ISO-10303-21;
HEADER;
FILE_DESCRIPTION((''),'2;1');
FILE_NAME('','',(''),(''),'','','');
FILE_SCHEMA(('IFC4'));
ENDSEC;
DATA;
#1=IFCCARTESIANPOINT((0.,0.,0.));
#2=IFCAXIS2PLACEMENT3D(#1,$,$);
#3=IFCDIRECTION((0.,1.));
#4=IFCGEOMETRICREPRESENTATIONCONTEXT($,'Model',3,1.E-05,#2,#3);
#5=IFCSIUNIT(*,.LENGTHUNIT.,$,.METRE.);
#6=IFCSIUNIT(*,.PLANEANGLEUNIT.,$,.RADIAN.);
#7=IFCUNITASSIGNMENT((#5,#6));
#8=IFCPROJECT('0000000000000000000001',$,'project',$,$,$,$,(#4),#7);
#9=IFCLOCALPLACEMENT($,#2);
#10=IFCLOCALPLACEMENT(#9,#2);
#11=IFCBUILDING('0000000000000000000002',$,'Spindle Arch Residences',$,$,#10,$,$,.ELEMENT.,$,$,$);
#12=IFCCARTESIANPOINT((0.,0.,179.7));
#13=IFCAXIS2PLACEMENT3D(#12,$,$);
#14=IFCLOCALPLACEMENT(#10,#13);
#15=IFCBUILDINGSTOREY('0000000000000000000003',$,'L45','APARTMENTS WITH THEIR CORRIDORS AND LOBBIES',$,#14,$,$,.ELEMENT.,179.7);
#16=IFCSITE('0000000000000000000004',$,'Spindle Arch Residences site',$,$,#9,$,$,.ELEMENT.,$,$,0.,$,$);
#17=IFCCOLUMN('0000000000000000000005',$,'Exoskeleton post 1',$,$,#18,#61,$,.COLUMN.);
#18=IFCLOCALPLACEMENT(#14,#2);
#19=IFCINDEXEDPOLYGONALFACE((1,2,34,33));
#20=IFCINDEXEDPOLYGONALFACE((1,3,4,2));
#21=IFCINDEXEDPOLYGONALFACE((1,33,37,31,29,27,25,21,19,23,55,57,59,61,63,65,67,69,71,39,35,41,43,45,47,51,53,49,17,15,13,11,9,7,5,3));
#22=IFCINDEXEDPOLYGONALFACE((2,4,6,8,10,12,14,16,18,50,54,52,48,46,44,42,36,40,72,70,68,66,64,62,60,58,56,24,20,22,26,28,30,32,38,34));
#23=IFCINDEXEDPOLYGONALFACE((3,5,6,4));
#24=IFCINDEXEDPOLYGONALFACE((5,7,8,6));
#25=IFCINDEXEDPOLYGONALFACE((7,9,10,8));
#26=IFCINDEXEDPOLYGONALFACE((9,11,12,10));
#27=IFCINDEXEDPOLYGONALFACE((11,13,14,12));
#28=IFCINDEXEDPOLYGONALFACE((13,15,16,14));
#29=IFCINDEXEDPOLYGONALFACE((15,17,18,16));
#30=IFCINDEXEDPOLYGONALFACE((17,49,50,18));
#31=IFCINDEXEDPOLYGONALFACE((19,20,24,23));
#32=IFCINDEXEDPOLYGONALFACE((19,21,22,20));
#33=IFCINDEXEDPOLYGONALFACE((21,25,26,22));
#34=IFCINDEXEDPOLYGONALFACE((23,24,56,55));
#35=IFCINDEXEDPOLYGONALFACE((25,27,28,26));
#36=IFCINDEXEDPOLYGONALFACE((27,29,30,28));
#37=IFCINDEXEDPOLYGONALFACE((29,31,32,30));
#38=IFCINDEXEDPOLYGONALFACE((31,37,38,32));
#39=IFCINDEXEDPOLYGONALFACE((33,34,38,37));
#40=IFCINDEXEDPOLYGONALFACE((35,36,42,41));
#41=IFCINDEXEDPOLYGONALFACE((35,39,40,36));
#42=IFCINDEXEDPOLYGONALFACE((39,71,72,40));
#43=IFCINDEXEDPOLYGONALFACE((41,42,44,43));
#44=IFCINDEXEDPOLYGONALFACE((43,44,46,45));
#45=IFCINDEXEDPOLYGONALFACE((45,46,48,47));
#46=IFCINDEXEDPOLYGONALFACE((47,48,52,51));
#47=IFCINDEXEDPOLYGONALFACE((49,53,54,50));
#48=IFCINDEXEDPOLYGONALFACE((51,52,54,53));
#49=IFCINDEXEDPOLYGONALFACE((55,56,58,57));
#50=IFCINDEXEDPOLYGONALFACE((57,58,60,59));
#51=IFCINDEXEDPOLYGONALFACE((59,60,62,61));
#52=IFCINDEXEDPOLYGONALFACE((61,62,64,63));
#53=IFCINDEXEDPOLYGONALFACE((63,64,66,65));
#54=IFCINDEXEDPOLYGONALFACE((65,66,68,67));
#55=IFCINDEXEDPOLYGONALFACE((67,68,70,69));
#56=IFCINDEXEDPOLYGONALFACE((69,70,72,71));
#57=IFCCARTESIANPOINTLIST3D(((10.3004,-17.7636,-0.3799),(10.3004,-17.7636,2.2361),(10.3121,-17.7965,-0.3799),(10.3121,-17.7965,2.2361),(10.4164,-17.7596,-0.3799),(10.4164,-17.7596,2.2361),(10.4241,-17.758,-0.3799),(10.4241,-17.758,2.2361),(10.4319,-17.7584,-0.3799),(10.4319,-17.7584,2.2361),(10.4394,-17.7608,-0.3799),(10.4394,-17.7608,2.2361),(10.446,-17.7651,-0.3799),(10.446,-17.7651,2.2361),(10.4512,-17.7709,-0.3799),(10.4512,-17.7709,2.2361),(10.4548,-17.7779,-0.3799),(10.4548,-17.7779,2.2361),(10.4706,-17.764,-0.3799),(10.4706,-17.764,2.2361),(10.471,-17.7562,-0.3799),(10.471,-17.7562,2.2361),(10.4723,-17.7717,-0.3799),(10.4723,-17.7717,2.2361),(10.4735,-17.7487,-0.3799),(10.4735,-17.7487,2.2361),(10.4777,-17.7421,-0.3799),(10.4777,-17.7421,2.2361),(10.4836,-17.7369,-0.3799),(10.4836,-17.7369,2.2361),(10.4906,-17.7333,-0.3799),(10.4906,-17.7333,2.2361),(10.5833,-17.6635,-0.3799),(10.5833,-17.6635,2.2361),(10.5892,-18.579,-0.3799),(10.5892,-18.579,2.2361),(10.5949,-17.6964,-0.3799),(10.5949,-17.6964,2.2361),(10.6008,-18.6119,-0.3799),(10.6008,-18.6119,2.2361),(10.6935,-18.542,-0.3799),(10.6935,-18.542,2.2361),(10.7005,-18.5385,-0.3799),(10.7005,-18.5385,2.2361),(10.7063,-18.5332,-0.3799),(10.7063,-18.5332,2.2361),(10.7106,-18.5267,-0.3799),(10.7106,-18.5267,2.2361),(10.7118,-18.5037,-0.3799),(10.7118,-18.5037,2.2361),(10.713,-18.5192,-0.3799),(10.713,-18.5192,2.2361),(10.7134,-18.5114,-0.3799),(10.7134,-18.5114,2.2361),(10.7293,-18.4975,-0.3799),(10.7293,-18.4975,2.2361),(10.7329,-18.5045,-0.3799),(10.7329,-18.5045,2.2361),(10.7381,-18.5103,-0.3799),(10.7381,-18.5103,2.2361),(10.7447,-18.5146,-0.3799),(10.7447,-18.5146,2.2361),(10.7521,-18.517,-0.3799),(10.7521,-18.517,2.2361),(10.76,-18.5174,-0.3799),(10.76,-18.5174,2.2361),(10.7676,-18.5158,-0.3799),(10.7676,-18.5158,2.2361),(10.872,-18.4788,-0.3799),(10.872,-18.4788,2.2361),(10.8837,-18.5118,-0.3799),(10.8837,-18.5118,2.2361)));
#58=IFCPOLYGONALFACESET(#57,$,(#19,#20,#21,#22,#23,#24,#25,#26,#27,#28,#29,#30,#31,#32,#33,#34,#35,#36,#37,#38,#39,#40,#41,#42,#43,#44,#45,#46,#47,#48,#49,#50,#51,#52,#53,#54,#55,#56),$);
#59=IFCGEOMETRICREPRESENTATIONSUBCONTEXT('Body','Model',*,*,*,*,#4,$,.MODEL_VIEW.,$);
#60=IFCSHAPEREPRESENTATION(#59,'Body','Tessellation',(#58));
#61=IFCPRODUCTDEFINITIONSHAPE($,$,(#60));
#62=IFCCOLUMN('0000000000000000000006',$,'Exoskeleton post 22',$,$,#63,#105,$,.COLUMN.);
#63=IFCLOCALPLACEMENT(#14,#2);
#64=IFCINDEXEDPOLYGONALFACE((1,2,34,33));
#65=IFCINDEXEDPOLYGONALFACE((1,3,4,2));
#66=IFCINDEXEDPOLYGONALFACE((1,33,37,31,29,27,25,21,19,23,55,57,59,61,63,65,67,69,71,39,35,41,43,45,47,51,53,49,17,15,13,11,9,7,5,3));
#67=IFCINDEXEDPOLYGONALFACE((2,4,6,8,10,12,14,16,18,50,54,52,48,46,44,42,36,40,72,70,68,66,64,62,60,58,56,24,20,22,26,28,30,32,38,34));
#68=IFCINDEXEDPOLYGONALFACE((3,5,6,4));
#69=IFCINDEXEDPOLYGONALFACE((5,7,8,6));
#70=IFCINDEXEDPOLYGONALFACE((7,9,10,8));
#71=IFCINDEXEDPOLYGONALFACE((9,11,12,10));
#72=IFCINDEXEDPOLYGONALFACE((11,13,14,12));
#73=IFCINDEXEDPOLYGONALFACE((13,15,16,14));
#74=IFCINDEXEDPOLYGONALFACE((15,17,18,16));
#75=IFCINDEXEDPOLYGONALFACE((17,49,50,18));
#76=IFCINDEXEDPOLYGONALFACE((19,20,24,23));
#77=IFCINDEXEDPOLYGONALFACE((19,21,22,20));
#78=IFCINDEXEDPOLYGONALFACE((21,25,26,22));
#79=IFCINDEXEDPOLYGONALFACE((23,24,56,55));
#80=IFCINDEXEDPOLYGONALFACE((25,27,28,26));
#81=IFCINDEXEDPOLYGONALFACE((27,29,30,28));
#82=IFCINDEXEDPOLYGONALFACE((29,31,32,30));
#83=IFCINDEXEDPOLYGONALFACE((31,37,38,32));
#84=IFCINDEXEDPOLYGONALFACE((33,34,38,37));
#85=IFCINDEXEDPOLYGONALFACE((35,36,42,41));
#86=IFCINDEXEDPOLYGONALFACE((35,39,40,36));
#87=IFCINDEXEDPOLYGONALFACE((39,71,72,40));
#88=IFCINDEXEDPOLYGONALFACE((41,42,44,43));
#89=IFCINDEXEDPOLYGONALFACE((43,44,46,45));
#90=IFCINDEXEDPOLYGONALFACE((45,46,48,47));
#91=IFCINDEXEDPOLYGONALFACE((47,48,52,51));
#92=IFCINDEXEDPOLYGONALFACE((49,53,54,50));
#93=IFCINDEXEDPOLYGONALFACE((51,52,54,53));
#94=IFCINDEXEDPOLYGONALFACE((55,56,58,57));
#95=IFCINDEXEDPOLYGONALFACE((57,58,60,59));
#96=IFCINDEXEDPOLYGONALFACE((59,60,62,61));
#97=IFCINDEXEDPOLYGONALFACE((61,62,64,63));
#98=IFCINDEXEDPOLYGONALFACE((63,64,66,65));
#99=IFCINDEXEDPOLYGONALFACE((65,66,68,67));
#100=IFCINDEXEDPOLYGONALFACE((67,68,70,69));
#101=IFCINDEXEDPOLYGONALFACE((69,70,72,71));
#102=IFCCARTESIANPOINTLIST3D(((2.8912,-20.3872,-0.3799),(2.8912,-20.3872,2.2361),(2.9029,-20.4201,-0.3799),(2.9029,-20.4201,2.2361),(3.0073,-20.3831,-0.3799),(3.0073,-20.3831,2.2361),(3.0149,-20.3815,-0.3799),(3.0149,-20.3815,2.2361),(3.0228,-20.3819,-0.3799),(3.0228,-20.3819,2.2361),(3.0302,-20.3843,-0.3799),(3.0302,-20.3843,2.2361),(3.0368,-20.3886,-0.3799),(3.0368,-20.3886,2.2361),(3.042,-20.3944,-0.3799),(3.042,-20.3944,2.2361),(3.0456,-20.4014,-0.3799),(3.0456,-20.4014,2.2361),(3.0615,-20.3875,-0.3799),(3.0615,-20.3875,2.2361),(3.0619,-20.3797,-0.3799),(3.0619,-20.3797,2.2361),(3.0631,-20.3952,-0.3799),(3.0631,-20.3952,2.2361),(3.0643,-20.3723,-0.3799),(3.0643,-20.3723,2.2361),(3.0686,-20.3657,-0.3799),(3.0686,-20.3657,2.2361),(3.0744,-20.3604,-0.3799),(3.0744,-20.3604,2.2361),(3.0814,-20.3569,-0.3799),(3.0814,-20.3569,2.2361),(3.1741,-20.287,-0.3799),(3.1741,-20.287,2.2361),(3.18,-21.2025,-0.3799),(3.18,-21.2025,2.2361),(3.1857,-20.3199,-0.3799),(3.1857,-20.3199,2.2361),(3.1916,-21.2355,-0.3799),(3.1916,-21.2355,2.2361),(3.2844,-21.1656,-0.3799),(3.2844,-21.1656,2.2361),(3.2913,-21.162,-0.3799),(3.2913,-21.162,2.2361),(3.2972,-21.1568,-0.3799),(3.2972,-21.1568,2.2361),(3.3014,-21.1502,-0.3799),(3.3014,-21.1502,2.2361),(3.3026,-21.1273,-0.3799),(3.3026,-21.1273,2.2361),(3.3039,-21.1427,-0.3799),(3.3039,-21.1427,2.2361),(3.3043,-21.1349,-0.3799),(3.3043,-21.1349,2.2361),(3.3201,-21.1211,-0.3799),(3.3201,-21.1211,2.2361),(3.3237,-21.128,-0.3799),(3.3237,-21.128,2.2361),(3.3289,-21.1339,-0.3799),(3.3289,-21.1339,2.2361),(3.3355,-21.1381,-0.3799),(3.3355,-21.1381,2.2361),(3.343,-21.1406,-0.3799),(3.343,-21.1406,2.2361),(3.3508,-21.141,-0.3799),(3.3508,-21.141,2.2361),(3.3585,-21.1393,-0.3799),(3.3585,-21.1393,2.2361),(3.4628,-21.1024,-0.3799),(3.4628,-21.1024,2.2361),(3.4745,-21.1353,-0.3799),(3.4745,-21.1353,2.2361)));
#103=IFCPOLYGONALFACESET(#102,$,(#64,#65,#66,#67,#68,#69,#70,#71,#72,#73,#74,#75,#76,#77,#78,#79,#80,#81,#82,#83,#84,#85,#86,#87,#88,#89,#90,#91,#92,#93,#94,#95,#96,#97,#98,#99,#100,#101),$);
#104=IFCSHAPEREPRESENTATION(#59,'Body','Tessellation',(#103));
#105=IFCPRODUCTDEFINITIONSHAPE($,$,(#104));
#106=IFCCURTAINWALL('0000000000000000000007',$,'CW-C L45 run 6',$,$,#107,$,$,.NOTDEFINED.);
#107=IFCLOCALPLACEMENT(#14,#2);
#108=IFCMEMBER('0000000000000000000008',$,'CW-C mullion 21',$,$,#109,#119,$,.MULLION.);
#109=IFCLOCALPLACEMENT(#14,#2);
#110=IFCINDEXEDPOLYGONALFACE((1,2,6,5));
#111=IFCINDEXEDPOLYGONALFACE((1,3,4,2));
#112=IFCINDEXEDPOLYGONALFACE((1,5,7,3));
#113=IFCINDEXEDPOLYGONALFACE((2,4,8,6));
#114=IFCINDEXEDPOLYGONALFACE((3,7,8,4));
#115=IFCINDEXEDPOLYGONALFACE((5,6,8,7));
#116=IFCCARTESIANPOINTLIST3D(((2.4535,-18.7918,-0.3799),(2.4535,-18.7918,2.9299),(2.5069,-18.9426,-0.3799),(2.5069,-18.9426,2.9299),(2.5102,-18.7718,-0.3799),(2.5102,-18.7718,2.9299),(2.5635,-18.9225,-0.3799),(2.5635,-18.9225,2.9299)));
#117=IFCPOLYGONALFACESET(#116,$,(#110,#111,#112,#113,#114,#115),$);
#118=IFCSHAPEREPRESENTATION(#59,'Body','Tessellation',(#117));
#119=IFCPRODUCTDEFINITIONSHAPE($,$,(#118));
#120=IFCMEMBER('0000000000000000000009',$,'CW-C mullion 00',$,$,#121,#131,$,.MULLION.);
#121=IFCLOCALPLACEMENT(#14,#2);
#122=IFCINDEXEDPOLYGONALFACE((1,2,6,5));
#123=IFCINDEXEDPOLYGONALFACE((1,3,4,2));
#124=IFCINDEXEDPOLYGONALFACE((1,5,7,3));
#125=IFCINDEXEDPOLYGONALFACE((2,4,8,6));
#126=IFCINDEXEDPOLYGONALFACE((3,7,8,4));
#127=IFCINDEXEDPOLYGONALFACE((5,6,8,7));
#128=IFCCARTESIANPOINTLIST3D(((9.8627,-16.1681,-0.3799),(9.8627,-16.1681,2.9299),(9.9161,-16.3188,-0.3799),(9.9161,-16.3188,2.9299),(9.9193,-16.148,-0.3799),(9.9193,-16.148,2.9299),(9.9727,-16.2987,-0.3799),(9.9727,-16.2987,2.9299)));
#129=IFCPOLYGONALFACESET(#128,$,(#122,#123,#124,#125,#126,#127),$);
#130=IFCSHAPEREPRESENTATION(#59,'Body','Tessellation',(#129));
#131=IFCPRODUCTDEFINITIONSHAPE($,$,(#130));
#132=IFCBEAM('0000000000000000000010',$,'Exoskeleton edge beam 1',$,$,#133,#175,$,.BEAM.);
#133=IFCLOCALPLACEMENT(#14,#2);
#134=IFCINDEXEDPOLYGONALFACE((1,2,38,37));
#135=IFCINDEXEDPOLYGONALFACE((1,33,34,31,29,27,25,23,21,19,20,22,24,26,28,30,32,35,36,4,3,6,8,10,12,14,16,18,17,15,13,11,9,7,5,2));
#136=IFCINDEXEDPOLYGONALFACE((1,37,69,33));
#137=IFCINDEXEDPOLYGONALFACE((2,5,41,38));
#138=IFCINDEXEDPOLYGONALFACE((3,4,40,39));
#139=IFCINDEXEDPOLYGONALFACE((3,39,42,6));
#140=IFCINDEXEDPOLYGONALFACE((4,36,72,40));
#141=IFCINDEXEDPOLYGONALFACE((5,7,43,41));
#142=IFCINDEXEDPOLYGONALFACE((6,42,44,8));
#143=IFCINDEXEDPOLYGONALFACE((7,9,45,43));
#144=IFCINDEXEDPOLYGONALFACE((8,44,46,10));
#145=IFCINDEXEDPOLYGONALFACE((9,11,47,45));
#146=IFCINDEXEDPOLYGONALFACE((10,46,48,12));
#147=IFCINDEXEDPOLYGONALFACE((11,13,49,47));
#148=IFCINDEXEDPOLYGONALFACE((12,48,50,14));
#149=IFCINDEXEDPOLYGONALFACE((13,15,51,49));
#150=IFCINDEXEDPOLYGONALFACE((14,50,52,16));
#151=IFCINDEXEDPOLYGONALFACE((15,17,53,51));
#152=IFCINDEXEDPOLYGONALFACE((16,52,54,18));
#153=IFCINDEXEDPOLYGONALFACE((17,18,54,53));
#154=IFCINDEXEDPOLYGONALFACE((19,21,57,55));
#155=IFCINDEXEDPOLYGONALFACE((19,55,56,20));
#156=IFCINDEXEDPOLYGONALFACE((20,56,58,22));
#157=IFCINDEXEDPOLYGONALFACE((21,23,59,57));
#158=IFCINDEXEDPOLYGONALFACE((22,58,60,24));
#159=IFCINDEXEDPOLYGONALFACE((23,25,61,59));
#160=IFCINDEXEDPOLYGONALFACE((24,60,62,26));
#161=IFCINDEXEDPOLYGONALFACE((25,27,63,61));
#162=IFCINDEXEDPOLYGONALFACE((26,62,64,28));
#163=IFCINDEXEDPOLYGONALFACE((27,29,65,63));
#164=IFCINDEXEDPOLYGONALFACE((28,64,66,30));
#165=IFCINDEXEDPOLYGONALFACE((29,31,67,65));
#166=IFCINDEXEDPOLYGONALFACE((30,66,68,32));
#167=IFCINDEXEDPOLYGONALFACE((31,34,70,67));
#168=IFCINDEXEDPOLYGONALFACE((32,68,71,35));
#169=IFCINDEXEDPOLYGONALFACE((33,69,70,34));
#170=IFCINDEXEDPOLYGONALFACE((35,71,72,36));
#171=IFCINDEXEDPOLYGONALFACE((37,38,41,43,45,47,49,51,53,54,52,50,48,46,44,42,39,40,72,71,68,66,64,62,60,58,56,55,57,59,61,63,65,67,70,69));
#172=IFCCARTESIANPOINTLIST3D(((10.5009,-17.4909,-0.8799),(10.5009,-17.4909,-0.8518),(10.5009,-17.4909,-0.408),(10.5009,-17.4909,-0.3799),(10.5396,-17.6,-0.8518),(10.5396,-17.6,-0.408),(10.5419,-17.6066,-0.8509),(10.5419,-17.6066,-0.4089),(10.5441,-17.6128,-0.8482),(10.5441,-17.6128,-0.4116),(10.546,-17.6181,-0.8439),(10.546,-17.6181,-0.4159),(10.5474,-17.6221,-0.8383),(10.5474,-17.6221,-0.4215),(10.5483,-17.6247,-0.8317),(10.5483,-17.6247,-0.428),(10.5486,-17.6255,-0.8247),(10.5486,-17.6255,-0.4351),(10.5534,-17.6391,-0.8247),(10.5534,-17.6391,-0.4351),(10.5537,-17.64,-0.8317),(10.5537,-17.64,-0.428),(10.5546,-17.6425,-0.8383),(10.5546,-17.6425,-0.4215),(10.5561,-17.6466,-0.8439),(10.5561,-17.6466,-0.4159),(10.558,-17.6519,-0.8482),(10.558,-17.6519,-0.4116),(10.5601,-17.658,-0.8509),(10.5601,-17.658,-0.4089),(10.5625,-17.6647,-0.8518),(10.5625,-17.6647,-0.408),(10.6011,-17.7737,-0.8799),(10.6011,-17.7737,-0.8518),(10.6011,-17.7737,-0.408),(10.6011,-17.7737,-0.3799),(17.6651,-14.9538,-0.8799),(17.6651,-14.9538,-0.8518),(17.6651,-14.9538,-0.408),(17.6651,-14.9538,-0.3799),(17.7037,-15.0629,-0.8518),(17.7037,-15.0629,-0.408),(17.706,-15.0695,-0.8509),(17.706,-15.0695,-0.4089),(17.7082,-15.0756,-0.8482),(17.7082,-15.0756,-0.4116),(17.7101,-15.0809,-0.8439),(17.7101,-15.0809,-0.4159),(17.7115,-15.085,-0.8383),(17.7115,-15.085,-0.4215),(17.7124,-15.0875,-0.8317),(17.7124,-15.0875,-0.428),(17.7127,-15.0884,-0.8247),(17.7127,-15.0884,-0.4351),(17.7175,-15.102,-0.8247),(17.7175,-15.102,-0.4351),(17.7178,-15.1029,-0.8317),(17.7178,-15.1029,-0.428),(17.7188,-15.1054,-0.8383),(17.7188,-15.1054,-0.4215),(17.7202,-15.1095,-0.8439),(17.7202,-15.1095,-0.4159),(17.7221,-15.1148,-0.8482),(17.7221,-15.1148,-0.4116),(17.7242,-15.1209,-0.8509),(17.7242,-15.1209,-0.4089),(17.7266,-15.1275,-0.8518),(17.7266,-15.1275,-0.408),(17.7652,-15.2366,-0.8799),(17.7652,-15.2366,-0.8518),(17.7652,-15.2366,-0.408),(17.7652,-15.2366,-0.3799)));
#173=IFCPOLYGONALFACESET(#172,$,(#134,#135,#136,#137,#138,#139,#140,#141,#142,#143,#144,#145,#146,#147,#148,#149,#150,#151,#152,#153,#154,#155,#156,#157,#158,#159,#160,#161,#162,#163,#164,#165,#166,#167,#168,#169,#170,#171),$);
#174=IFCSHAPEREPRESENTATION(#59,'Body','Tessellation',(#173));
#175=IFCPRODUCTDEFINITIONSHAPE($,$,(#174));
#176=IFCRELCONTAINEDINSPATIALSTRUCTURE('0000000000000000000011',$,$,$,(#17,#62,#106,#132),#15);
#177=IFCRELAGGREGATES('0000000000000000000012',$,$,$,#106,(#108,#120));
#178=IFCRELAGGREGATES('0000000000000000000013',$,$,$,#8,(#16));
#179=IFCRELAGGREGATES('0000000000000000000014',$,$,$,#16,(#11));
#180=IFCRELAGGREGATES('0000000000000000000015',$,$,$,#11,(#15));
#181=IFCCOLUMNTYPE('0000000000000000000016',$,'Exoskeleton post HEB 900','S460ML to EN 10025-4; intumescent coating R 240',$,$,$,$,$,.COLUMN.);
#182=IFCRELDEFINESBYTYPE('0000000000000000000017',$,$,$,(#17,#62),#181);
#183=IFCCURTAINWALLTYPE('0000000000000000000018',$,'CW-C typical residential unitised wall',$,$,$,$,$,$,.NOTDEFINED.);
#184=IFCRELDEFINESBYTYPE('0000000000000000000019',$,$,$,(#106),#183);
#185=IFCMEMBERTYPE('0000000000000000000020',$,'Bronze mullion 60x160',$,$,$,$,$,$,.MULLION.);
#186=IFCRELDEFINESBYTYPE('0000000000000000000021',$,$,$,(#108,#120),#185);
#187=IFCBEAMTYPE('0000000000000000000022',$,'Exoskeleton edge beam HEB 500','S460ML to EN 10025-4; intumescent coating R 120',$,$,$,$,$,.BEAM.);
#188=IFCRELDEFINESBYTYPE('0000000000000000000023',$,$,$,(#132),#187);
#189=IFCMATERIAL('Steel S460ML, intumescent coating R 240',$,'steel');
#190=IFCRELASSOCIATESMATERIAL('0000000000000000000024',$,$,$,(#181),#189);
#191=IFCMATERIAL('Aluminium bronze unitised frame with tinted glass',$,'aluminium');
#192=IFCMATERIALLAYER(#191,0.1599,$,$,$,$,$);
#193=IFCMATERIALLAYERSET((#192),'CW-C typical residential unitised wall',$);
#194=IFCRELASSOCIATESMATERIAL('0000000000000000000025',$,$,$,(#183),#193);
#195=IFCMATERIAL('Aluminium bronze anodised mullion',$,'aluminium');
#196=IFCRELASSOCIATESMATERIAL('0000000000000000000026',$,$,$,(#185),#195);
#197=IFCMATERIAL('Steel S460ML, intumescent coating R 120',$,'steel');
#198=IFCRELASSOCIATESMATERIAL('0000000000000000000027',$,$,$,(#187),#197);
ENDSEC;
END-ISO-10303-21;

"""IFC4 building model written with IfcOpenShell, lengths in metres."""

from ifc_helpers import new_model, si_unit, direction, frame, origin, origin_2d, place, context, subcontext, project, spatial, rectangle, i_section, extrude, material, layer, layer_set, material_profile, profile_set, type_object, element, aggregate, save


model = new_model("IFC4")

# Units and contexts
model_context = context("Model", 3, precision=1e-05, world=origin(), true_north=direction((0.0, 1.0)))
body_context = subcontext(model_context, "Body", "Model", "MODEL_VIEW")
ifc_project = project(units=[si_unit("LENGTHUNIT", "METRE"), si_unit("PLANEANGLEUNIT", "RADIAN")], contexts=[model_context])

# Site, building, storey
site_placement = place(None, origin())
site = spatial("IfcSite", under=ifc_project, at=site_placement, Name="Spindle Arch Residences site", CompositionType="ELEMENT", RefElevation=0.0)
building_placement = place(site_placement, origin())
building = spatial("IfcBuilding", under=site, at=building_placement, Name="Spindle Arch Residences", CompositionType="ELEMENT")
storey_placement = place(building_placement, frame((0.0, 0.0, 179.7)))
storey = spatial("IfcBuildingStorey", under=building, at=storey_placement, Name="L45", Description="APARTMENTS WITH THEIR CORRIDORS AND LOBBIES", CompositionType="ELEMENT", Elevation=179.7)

# Columns
ifc_material_1 = material(Name="Steel S460ML, intumescent coating R 240", Category="steel")
ifc_material_profile_1 = material_profile(ifc_material_1, i_section(OverallWidth=0.3, OverallDepth=0.8999, WebThickness=0.0186, FlangeThickness=0.0349, FilletRadius=0.03, at=origin_2d()), Name="HEB 900")
ifc_profile_set_1 = profile_set([ifc_material_profile_1], Name="Steel S460ML, intumescent coating R 240")
column_type = type_object("IfcColumnType", Name="Exoskeleton post HEB 900", Description="S460ML to EN 10025-4; intumescent coating R 240", PredefinedType="COLUMN", material=ifc_profile_set_1)
for number, where, z_axis, x_axis, name in (
    (1, (10.592, -18.1377, -0.3799), (0.0, 0.0, 1.0), (-0.942641, -0.333807, 0.0), "Exoskeleton post 1"),
    (2, (3.1829, -20.7612, -0.3799), (0.0, 0.0, 1.0), (-0.942641, -0.333807, 0.0), "Exoskeleton post 22"),
):
    element("IfcColumn", number, at=place(storey_placement, frame(where, z_axis=z_axis, x_axis=x_axis)), inside=storey, type_object=column_type, Name=name, PredefinedType="COLUMN", context=body_context, shape_type="SweptSolid", body=[
        extrude(i_section(OverallWidth=0.3, OverallDepth=0.8999, WebThickness=0.0186, FlangeThickness=0.0349, FilletRadius=0.03, at=origin_2d()), origin(), (0.0, 0.0, 1.0), 2.616),
    ])

# Curtain wall, members
ifc_material_2 = material(Name="Aluminium bronze unitised frame with tinted glass", Category="aluminium")
ifc_layer_1 = layer(ifc_material_2, 0.1599)
ifc_layer_set_1 = layer_set([ifc_layer_1], Name="CW-C typical residential unitised wall")
curtain_wall_type = type_object("IfcCurtainWallType", Name="CW-C typical residential unitised wall", PredefinedType="NOTDEFINED", material=ifc_layer_set_1)
curtain_wall_placement = place(storey_placement, origin())
curtain_wall = element("IfcCurtainWall", 3, at=curtain_wall_placement, inside=storey, type_object=curtain_wall_type, Name="CW-C L45 run 6", PredefinedType="NOTDEFINED")
ifc_material_3 = material(Name="Aluminium bronze anodised mullion", Category="aluminium")
ifc_material_profile_2 = material_profile(ifc_material_3, rectangle(XDim=0.1599, YDim=0.0601, at=origin_2d()), Name="MU 60x160")
ifc_profile_set_2 = profile_set([ifc_material_profile_2], Name="Aluminium bronze anodised mullion")
member_type = type_object("IfcMemberType", Name="Bronze mullion 60x160", PredefinedType="MULLION", material=ifc_profile_set_2)
member_1_placement = place(storey_placement, frame((2.5085, -18.8572, -0.3799), z_axis=(0.0, 0.0, 1.0), x_axis=(-0.333807, 0.942641, 0.0)))
member_1 = element("IfcMember", 4, at=member_1_placement, type_object=member_type, Name="CW-C mullion 21", PredefinedType="MULLION", context=body_context, shape_type="SweptSolid", body=[
    extrude(rectangle(XDim=0.1599, YDim=0.0601, at=origin_2d()), origin(), (0.0, 0.0, 1.0), 3.3098),
])
member_2_placement = place(storey_placement, frame((9.9177, -16.2334, -0.3799), z_axis=(0.0, 0.0, 1.0), x_axis=(-0.333807, 0.942641, 0.0)))
member_2 = element("IfcMember", 5, at=member_2_placement, type_object=member_type, Name="CW-C mullion 00", PredefinedType="MULLION", context=body_context, shape_type="SweptSolid", body=[
    extrude(rectangle(XDim=0.1599, YDim=0.0601, at=origin_2d()), origin(), (0.0, 0.0, 1.0), 3.3098),
])

# Beam
ifc_material_4 = material(Name="Steel S460ML, intumescent coating R 120", Category="steel")
ifc_material_profile_3 = material_profile(ifc_material_4, i_section(OverallWidth=0.3, OverallDepth=0.5, WebThickness=0.0144, FlangeThickness=0.0281, FilletRadius=0.0271, at=origin_2d()), Name="HEB 500")
ifc_profile_set_3 = profile_set([ifc_material_profile_3], Name="Steel S460ML, intumescent coating R 120")
beam_type_1 = type_object("IfcBeamType", Name="Exoskeleton edge beam HEB 500", Description="S460ML to EN 10025-4; intumescent coating R 120", PredefinedType="BEAM", material=ifc_profile_set_3)
for number, where, z_axis, x_axis, name in (
    (6, (10.551, -17.6323, -0.6299), (0.942634, 0.333828, 0.0), (-0.333828, 0.942634, 0.0), "Exoskeleton edge beam 1"),
):
    element("IfcBeam", number, at=place(storey_placement, frame(where, z_axis=z_axis, x_axis=x_axis)), inside=storey, type_object=beam_type_1, Name=name, PredefinedType="BEAM", context=body_context, shape_type="SweptSolid", body=[
        extrude(i_section(OverallWidth=0.3, OverallDepth=0.5, WebThickness=0.0144, FlangeThickness=0.0281, FilletRadius=0.0271, at=origin_2d()), origin(), (0.0, 0.0, 1.0), 7.6001),
    ])

aggregate(curtain_wall, [member_1, member_2])

save(model, "model.ifc")
